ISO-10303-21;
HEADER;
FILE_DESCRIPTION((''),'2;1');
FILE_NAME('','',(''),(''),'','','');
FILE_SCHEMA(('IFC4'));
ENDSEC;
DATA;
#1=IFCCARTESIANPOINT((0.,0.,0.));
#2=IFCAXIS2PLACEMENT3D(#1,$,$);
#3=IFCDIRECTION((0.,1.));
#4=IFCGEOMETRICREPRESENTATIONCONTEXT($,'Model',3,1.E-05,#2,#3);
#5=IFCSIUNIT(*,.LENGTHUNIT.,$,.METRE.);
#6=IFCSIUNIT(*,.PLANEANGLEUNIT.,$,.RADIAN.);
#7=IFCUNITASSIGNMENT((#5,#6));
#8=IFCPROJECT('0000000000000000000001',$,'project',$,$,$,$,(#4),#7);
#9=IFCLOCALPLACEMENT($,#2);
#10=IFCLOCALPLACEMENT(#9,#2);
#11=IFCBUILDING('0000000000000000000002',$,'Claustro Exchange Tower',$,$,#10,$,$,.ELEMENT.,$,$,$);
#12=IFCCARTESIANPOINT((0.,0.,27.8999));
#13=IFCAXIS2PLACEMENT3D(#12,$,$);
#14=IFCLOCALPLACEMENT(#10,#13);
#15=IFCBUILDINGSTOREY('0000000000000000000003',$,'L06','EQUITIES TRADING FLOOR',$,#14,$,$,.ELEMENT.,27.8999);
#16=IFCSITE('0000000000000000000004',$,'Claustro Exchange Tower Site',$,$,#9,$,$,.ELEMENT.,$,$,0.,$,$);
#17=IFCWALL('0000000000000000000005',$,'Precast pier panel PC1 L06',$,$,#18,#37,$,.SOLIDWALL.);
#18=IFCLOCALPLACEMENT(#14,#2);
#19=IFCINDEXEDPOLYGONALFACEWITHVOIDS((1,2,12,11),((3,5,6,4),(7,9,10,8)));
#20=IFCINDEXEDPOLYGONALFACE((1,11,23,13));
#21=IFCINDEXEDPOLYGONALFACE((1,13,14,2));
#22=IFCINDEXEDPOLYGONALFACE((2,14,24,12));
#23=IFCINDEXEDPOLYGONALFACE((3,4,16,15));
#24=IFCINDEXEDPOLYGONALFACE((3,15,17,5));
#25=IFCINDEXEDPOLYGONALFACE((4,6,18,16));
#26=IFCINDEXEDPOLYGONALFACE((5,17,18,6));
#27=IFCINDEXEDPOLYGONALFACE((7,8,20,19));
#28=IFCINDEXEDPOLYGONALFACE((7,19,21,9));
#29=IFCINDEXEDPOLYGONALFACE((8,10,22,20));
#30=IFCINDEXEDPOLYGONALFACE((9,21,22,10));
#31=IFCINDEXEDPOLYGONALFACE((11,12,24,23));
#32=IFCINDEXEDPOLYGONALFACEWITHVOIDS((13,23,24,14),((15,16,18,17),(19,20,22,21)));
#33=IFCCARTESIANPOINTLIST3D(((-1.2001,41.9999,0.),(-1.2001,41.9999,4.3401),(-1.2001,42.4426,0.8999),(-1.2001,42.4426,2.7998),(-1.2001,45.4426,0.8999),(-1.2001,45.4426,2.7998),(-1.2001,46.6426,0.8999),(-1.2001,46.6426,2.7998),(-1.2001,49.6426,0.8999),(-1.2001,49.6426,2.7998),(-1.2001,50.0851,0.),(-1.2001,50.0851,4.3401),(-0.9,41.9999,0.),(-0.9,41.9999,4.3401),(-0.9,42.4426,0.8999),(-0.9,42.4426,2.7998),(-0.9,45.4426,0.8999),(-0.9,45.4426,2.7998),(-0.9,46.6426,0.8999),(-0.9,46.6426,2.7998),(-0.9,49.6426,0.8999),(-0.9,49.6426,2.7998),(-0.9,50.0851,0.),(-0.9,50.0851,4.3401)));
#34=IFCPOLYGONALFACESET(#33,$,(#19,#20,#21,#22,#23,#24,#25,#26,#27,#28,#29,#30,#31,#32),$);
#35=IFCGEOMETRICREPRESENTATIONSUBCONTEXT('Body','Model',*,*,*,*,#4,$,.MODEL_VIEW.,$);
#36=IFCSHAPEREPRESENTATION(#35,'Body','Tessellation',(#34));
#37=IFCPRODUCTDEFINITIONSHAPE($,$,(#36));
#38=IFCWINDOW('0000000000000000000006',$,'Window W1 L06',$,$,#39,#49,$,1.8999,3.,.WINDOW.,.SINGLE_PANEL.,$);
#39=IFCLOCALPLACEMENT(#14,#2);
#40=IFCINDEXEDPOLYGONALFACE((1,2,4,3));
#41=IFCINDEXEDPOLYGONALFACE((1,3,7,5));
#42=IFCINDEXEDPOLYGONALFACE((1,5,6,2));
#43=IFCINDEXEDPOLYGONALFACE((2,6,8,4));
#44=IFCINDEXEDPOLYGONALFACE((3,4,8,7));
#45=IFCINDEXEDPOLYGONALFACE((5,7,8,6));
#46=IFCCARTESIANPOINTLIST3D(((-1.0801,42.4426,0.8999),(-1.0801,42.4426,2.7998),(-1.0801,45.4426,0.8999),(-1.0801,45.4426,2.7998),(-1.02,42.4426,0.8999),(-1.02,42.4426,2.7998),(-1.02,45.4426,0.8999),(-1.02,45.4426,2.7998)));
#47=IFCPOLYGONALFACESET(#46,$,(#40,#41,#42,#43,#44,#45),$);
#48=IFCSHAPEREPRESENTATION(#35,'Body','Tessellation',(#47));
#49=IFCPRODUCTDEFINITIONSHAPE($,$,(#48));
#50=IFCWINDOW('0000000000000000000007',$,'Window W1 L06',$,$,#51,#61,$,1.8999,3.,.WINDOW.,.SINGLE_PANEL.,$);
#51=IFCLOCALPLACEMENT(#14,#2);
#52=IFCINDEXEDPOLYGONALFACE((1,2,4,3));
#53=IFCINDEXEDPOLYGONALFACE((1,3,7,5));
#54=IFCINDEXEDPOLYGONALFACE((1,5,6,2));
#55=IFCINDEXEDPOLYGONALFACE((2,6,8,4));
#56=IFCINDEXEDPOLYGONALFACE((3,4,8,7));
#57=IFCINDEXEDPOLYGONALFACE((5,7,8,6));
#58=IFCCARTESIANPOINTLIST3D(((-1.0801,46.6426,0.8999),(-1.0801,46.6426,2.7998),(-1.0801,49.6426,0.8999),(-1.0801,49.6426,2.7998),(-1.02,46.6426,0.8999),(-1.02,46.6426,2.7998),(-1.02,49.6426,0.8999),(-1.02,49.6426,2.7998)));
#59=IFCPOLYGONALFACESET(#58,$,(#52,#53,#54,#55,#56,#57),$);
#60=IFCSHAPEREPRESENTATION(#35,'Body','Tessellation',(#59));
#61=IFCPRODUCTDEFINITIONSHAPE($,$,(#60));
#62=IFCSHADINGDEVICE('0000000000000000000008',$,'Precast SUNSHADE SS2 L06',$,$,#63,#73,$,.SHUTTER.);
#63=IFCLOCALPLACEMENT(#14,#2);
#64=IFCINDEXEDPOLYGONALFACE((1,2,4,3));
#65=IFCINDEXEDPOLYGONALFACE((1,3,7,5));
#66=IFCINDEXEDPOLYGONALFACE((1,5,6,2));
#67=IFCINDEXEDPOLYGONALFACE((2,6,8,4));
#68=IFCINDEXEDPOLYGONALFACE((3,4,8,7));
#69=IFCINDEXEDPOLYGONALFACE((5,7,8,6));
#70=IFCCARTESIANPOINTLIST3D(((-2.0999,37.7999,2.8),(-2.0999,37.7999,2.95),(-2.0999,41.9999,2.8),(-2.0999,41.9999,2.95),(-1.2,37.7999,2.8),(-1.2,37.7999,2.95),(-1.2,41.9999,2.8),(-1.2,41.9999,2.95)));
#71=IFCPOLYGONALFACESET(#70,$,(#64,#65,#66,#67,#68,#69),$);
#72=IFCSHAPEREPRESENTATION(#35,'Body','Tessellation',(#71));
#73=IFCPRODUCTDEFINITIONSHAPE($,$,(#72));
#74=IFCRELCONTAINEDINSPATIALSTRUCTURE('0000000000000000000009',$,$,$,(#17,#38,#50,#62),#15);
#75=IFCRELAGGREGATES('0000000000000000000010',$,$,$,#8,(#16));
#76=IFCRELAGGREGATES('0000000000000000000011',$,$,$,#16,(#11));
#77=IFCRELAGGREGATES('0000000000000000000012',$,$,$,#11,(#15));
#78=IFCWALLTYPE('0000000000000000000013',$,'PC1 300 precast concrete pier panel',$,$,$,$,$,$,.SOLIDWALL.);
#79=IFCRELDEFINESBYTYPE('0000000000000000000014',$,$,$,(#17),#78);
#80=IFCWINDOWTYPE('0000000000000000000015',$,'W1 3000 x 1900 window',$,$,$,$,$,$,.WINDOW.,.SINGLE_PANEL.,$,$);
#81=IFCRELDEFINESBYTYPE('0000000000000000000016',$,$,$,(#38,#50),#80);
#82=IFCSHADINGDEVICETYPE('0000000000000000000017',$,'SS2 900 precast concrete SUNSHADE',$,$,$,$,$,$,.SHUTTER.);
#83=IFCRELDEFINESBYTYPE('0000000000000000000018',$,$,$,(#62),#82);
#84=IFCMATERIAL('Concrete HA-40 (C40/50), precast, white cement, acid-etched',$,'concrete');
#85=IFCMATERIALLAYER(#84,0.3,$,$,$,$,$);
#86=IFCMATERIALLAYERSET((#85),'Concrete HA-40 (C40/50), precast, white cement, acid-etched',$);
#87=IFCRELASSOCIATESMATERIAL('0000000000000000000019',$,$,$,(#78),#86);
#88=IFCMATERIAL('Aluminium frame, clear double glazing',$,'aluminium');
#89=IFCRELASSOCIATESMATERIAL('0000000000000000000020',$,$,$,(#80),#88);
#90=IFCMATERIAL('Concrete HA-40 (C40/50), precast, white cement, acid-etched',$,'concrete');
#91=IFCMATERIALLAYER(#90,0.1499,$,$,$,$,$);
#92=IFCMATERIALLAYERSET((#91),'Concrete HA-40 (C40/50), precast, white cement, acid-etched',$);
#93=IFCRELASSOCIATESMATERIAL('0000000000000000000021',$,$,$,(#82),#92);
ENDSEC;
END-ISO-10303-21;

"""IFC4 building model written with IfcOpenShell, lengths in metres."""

from ifc_helpers import new_model, si_unit, direction, frame, frame_2d, origin, origin_2d, place, context, subcontext, project, spatial, rectangle, extrude, material, layer, layer_set, type_object, element, fill, save


model = new_model("IFC4")

# Units and contexts
model_context = context("Model", 3, precision=1e-05, world=origin(), true_north=direction((0.0, 1.0)))
body_context = subcontext(model_context, "Body", "Model", "MODEL_VIEW")
ifc_project = project(units=[si_unit("LENGTHUNIT", "METRE"), si_unit("PLANEANGLEUNIT", "RADIAN")], contexts=[model_context])

# Site, building, storey
site_placement = place(None, origin())
site = spatial("IfcSite", under=ifc_project, at=site_placement, Name="Claustro Exchange Tower Site", CompositionType="ELEMENT", RefElevation=0.0)
building_placement = place(site_placement, origin())
building = spatial("IfcBuilding", under=site, at=building_placement, Name="Claustro Exchange Tower", CompositionType="ELEMENT")
storey_placement = place(building_placement, frame((0.0, 0.0, 27.8999)))
storey = spatial("IfcBuildingStorey", under=building, at=storey_placement, Name="L06", Description="EQUITIES TRADING FLOOR", CompositionType="ELEMENT", Elevation=27.8999)

# Wall, openings, windows
ifc_material_1 = material(Name="Concrete HA-40 (C40/50), precast, white cement, acid-etched", Category="concrete")
ifc_layer_1 = layer(ifc_material_1, 0.3)
ifc_layer_set_1 = layer_set([ifc_layer_1], Name="Concrete HA-40 (C40/50), precast, white cement, acid-etched")
wall_type_1 = type_object("IfcWallType", Name="PC1 300 precast concrete pier panel", PredefinedType="SOLIDWALL", material=ifc_layer_set_1)
wall_1_placement = place(storey_placement, frame((-1.05, 42.0, 0.0), z_axis=(0.0, 0.0, 1.0), x_axis=(0.0, 1.0, 0.0)))
wall_1 = element("IfcWall", 1, at=wall_1_placement, inside=storey, type_object=wall_type_1, Name="Precast pier panel PC1 L06", PredefinedType="SOLIDWALL", context=body_context, shape_type="SweptSolid", body=[
    extrude(rectangle(XDim=8.0852, YDim=0.3, at=frame_2d((4.0425, 0.0))), origin(), (0.0, 0.0, 1.0), 4.3401),
])
opening_1_placement = place(wall_1_placement, frame((0.4426, 0.0, 0.8999)))
opening_1 = element("IfcOpeningElement", 2, at=opening_1_placement, cuts=wall_1, PredefinedType="OPENING", context=body_context, shape_type="SweptSolid", body=[
    extrude(rectangle(XDim=3.0, YDim=1.8999, at=frame_2d((1.5, 0.95))), frame((0.0, 0.1599, 0.0), z_axis=(0.0, -1.0, 0.0), x_axis=(1.0, 0.0, 0.0)), (0.0, 0.0, 1.0), 0.3201),
])
opening_2_placement = place(wall_1_placement, frame((4.6426, 0.0, 0.8999)))
opening_2 = element("IfcOpeningElement", 3, at=opening_2_placement, cuts=wall_1, PredefinedType="OPENING", context=body_context, shape_type="SweptSolid", body=[
    extrude(rectangle(XDim=3.0, YDim=1.8999, at=frame_2d((1.5, 0.95))), frame((0.0, 0.1599, 0.0), z_axis=(0.0, -1.0, 0.0), x_axis=(1.0, 0.0, 0.0)), (0.0, 0.0, 1.0), 0.3201),
])
ifc_material_2 = material(Name="Aluminium frame, clear double glazing", Category="aluminium")
window_type = type_object("IfcWindowType", Name="W1 3000 x 1900 window", PartitioningType="SINGLE_PANEL", PredefinedType="WINDOW", material=ifc_material_2)
window_1_placement = place(opening_1_placement, origin())
window_1 = element("IfcWindow", 4, at=window_1_placement, inside=storey, type_object=window_type, Name="Window W1 L06", OverallHeight=1.8999, OverallWidth=3.0, PartitioningType="SINGLE_PANEL", PredefinedType="WINDOW", context=body_context, shape_type="SweptSolid", body=[
    extrude(rectangle(XDim=3.0, YDim=1.8999, at=frame_2d((1.5, 0.95))), frame((0.0, 0.03, 0.0), z_axis=(0.0, -1.0, 0.0), x_axis=(1.0, 0.0, 0.0)), (0.0, 0.0, 1.0), 0.0601),
])
fill(opening_1, window_1)
window_2_placement = place(opening_2_placement, origin())
window_2 = element("IfcWindow", 5, at=window_2_placement, inside=storey, type_object=window_type, Name="Window W1 L06", OverallHeight=1.8999, OverallWidth=3.0, PartitioningType="SINGLE_PANEL", PredefinedType="WINDOW", context=body_context, shape_type="SweptSolid", body=[
    extrude(rectangle(XDim=3.0, YDim=1.8999, at=frame_2d((1.5, 0.95))), frame((0.0, 0.03, 0.0), z_axis=(0.0, -1.0, 0.0), x_axis=(1.0, 0.0, 0.0)), (0.0, 0.0, 1.0), 0.0601),
])
fill(opening_2, window_2)

# Shading device
ifc_material_3 = material(Name="Concrete HA-40 (C40/50), precast, white cement, acid-etched", Category="concrete")
ifc_layer_2 = layer(ifc_material_3, 0.1499)
ifc_layer_set_2 = layer_set([ifc_layer_2], Name="Concrete HA-40 (C40/50), precast, white cement, acid-etched")
shading_device_type = type_object("IfcShadingDeviceType", Name="SS2 900 precast concrete SUNSHADE", PredefinedType="SHUTTER", material=ifc_layer_set_2)
shading_device_placement = place(storey_placement, frame((-1.6499, 39.8999, 2.8), z_axis=(0.0, 0.0, 1.0), x_axis=(0.0, 1.0, 0.0)))
element("IfcShadingDevice", 6, at=shading_device_placement, inside=storey, type_object=shading_device_type, Name="Precast SUNSHADE SS2 L06", PredefinedType="SHUTTER", context=body_context, shape_type="SweptSolid", body=[
    extrude(rectangle(XDim=4.2, YDim=0.8999, at=origin_2d()), origin(), (0.0, 0.0, 1.0), 0.1499),
])

save(model, "model.ifc")
